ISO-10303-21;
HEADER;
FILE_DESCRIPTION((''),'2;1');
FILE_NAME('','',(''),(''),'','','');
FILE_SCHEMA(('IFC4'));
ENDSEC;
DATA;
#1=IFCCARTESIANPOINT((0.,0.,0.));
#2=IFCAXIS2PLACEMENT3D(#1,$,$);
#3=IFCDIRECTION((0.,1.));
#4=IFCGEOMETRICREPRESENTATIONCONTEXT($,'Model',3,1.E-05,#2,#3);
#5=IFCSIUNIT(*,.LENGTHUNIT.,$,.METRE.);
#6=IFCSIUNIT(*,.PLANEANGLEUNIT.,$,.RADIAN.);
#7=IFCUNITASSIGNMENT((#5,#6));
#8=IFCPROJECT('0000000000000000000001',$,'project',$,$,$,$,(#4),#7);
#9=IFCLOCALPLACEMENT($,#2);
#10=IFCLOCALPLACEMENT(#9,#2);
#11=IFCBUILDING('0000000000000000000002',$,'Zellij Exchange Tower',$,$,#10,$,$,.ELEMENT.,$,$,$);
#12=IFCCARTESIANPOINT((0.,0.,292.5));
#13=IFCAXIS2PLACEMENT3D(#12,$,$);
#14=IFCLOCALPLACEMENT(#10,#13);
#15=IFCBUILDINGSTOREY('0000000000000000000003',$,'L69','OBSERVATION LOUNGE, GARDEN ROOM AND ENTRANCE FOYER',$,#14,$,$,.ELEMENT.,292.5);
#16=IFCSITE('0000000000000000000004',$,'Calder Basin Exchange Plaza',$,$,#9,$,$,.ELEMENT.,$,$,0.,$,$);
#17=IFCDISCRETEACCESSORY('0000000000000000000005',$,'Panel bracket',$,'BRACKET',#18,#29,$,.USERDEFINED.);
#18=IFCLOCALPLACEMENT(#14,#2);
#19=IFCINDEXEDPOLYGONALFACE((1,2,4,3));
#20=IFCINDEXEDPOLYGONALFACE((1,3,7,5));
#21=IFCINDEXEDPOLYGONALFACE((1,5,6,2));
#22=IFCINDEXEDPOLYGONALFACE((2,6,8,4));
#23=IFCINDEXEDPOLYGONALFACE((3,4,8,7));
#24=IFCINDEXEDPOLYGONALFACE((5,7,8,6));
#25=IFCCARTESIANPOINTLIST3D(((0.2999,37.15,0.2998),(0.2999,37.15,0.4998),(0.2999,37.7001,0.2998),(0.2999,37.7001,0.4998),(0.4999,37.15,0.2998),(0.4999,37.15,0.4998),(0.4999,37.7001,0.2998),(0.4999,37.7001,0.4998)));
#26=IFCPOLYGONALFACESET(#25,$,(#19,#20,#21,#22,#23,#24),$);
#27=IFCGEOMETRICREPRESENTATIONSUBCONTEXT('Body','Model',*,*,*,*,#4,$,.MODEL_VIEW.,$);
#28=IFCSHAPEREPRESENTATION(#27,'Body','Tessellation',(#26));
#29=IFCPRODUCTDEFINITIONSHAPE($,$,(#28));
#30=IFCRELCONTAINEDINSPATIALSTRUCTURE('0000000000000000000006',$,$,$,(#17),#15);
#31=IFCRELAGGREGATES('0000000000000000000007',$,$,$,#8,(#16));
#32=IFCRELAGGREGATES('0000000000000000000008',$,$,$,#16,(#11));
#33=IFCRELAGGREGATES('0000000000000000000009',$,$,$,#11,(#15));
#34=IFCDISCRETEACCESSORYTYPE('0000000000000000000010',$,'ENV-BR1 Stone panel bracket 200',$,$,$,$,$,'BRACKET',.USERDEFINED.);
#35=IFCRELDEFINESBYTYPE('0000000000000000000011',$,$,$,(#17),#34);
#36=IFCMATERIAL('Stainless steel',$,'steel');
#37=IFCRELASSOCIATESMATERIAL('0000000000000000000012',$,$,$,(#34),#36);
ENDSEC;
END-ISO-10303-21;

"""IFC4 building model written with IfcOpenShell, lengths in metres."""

from ifc_helpers import new_model, si_unit, direction, frame, origin, origin_2d, place, context, subcontext, project, spatial, rectangle, extrude, material, type_object, element, save


model = new_model("IFC4")

# Units and contexts
model_context = context("Model", 3, precision=1e-05, world=origin(), true_north=direction((0.0, 1.0)))
body_context = subcontext(model_context, "Body", "Model", "MODEL_VIEW")
ifc_project = project(units=[si_unit("LENGTHUNIT", "METRE"), si_unit("PLANEANGLEUNIT", "RADIAN")], contexts=[model_context])

# Site, building, storey
site_placement = place(None, origin())
site = spatial("IfcSite", under=ifc_project, at=site_placement, Name="Calder Basin Exchange Plaza", CompositionType="ELEMENT", RefElevation=0.0)
building_placement = place(site_placement, origin())
building = spatial("IfcBuilding", under=site, at=building_placement, Name="Zellij Exchange Tower", CompositionType="ELEMENT")
storey_placement = place(building_placement, frame((0.0, 0.0, 292.5)))
storey = spatial("IfcBuildingStorey", under=building, at=storey_placement, Name="L69", Description="OBSERVATION LOUNGE, GARDEN ROOM AND ENTRANCE FOYER", CompositionType="ELEMENT", Elevation=292.5)

# Discrete accessory
ifc_material_1 = material(Name="Stainless steel", Category="steel")
discrete_accessory_type = type_object("IfcDiscreteAccessoryType", Name="ENV-BR1 Stone panel bracket 200", ElementType="BRACKET", PredefinedType="USERDEFINED", material=ifc_material_1)
for number, where, z_axis, x_axis, name in (
    (1, (0.3999, 37.425, 0.2998), (0.0, 0.0, 1.0), (-1.0, 0.0, 0.0), "Panel bracket"),
):
    element("IfcDiscreteAccessory", number, at=place(storey_placement, frame(where, z_axis=z_axis, x_axis=x_axis)), inside=storey, type_object=discrete_accessory_type, Name=name, ObjectType="BRACKET", PredefinedType="USERDEFINED", context=body_context, shape_type="SweptSolid", body=[
        extrude(rectangle(XDim=0.2, YDim=0.55, at=origin_2d()), origin(), (0.0, 0.0, 1.0), 0.2),
    ])

save(model, "model.ifc")
